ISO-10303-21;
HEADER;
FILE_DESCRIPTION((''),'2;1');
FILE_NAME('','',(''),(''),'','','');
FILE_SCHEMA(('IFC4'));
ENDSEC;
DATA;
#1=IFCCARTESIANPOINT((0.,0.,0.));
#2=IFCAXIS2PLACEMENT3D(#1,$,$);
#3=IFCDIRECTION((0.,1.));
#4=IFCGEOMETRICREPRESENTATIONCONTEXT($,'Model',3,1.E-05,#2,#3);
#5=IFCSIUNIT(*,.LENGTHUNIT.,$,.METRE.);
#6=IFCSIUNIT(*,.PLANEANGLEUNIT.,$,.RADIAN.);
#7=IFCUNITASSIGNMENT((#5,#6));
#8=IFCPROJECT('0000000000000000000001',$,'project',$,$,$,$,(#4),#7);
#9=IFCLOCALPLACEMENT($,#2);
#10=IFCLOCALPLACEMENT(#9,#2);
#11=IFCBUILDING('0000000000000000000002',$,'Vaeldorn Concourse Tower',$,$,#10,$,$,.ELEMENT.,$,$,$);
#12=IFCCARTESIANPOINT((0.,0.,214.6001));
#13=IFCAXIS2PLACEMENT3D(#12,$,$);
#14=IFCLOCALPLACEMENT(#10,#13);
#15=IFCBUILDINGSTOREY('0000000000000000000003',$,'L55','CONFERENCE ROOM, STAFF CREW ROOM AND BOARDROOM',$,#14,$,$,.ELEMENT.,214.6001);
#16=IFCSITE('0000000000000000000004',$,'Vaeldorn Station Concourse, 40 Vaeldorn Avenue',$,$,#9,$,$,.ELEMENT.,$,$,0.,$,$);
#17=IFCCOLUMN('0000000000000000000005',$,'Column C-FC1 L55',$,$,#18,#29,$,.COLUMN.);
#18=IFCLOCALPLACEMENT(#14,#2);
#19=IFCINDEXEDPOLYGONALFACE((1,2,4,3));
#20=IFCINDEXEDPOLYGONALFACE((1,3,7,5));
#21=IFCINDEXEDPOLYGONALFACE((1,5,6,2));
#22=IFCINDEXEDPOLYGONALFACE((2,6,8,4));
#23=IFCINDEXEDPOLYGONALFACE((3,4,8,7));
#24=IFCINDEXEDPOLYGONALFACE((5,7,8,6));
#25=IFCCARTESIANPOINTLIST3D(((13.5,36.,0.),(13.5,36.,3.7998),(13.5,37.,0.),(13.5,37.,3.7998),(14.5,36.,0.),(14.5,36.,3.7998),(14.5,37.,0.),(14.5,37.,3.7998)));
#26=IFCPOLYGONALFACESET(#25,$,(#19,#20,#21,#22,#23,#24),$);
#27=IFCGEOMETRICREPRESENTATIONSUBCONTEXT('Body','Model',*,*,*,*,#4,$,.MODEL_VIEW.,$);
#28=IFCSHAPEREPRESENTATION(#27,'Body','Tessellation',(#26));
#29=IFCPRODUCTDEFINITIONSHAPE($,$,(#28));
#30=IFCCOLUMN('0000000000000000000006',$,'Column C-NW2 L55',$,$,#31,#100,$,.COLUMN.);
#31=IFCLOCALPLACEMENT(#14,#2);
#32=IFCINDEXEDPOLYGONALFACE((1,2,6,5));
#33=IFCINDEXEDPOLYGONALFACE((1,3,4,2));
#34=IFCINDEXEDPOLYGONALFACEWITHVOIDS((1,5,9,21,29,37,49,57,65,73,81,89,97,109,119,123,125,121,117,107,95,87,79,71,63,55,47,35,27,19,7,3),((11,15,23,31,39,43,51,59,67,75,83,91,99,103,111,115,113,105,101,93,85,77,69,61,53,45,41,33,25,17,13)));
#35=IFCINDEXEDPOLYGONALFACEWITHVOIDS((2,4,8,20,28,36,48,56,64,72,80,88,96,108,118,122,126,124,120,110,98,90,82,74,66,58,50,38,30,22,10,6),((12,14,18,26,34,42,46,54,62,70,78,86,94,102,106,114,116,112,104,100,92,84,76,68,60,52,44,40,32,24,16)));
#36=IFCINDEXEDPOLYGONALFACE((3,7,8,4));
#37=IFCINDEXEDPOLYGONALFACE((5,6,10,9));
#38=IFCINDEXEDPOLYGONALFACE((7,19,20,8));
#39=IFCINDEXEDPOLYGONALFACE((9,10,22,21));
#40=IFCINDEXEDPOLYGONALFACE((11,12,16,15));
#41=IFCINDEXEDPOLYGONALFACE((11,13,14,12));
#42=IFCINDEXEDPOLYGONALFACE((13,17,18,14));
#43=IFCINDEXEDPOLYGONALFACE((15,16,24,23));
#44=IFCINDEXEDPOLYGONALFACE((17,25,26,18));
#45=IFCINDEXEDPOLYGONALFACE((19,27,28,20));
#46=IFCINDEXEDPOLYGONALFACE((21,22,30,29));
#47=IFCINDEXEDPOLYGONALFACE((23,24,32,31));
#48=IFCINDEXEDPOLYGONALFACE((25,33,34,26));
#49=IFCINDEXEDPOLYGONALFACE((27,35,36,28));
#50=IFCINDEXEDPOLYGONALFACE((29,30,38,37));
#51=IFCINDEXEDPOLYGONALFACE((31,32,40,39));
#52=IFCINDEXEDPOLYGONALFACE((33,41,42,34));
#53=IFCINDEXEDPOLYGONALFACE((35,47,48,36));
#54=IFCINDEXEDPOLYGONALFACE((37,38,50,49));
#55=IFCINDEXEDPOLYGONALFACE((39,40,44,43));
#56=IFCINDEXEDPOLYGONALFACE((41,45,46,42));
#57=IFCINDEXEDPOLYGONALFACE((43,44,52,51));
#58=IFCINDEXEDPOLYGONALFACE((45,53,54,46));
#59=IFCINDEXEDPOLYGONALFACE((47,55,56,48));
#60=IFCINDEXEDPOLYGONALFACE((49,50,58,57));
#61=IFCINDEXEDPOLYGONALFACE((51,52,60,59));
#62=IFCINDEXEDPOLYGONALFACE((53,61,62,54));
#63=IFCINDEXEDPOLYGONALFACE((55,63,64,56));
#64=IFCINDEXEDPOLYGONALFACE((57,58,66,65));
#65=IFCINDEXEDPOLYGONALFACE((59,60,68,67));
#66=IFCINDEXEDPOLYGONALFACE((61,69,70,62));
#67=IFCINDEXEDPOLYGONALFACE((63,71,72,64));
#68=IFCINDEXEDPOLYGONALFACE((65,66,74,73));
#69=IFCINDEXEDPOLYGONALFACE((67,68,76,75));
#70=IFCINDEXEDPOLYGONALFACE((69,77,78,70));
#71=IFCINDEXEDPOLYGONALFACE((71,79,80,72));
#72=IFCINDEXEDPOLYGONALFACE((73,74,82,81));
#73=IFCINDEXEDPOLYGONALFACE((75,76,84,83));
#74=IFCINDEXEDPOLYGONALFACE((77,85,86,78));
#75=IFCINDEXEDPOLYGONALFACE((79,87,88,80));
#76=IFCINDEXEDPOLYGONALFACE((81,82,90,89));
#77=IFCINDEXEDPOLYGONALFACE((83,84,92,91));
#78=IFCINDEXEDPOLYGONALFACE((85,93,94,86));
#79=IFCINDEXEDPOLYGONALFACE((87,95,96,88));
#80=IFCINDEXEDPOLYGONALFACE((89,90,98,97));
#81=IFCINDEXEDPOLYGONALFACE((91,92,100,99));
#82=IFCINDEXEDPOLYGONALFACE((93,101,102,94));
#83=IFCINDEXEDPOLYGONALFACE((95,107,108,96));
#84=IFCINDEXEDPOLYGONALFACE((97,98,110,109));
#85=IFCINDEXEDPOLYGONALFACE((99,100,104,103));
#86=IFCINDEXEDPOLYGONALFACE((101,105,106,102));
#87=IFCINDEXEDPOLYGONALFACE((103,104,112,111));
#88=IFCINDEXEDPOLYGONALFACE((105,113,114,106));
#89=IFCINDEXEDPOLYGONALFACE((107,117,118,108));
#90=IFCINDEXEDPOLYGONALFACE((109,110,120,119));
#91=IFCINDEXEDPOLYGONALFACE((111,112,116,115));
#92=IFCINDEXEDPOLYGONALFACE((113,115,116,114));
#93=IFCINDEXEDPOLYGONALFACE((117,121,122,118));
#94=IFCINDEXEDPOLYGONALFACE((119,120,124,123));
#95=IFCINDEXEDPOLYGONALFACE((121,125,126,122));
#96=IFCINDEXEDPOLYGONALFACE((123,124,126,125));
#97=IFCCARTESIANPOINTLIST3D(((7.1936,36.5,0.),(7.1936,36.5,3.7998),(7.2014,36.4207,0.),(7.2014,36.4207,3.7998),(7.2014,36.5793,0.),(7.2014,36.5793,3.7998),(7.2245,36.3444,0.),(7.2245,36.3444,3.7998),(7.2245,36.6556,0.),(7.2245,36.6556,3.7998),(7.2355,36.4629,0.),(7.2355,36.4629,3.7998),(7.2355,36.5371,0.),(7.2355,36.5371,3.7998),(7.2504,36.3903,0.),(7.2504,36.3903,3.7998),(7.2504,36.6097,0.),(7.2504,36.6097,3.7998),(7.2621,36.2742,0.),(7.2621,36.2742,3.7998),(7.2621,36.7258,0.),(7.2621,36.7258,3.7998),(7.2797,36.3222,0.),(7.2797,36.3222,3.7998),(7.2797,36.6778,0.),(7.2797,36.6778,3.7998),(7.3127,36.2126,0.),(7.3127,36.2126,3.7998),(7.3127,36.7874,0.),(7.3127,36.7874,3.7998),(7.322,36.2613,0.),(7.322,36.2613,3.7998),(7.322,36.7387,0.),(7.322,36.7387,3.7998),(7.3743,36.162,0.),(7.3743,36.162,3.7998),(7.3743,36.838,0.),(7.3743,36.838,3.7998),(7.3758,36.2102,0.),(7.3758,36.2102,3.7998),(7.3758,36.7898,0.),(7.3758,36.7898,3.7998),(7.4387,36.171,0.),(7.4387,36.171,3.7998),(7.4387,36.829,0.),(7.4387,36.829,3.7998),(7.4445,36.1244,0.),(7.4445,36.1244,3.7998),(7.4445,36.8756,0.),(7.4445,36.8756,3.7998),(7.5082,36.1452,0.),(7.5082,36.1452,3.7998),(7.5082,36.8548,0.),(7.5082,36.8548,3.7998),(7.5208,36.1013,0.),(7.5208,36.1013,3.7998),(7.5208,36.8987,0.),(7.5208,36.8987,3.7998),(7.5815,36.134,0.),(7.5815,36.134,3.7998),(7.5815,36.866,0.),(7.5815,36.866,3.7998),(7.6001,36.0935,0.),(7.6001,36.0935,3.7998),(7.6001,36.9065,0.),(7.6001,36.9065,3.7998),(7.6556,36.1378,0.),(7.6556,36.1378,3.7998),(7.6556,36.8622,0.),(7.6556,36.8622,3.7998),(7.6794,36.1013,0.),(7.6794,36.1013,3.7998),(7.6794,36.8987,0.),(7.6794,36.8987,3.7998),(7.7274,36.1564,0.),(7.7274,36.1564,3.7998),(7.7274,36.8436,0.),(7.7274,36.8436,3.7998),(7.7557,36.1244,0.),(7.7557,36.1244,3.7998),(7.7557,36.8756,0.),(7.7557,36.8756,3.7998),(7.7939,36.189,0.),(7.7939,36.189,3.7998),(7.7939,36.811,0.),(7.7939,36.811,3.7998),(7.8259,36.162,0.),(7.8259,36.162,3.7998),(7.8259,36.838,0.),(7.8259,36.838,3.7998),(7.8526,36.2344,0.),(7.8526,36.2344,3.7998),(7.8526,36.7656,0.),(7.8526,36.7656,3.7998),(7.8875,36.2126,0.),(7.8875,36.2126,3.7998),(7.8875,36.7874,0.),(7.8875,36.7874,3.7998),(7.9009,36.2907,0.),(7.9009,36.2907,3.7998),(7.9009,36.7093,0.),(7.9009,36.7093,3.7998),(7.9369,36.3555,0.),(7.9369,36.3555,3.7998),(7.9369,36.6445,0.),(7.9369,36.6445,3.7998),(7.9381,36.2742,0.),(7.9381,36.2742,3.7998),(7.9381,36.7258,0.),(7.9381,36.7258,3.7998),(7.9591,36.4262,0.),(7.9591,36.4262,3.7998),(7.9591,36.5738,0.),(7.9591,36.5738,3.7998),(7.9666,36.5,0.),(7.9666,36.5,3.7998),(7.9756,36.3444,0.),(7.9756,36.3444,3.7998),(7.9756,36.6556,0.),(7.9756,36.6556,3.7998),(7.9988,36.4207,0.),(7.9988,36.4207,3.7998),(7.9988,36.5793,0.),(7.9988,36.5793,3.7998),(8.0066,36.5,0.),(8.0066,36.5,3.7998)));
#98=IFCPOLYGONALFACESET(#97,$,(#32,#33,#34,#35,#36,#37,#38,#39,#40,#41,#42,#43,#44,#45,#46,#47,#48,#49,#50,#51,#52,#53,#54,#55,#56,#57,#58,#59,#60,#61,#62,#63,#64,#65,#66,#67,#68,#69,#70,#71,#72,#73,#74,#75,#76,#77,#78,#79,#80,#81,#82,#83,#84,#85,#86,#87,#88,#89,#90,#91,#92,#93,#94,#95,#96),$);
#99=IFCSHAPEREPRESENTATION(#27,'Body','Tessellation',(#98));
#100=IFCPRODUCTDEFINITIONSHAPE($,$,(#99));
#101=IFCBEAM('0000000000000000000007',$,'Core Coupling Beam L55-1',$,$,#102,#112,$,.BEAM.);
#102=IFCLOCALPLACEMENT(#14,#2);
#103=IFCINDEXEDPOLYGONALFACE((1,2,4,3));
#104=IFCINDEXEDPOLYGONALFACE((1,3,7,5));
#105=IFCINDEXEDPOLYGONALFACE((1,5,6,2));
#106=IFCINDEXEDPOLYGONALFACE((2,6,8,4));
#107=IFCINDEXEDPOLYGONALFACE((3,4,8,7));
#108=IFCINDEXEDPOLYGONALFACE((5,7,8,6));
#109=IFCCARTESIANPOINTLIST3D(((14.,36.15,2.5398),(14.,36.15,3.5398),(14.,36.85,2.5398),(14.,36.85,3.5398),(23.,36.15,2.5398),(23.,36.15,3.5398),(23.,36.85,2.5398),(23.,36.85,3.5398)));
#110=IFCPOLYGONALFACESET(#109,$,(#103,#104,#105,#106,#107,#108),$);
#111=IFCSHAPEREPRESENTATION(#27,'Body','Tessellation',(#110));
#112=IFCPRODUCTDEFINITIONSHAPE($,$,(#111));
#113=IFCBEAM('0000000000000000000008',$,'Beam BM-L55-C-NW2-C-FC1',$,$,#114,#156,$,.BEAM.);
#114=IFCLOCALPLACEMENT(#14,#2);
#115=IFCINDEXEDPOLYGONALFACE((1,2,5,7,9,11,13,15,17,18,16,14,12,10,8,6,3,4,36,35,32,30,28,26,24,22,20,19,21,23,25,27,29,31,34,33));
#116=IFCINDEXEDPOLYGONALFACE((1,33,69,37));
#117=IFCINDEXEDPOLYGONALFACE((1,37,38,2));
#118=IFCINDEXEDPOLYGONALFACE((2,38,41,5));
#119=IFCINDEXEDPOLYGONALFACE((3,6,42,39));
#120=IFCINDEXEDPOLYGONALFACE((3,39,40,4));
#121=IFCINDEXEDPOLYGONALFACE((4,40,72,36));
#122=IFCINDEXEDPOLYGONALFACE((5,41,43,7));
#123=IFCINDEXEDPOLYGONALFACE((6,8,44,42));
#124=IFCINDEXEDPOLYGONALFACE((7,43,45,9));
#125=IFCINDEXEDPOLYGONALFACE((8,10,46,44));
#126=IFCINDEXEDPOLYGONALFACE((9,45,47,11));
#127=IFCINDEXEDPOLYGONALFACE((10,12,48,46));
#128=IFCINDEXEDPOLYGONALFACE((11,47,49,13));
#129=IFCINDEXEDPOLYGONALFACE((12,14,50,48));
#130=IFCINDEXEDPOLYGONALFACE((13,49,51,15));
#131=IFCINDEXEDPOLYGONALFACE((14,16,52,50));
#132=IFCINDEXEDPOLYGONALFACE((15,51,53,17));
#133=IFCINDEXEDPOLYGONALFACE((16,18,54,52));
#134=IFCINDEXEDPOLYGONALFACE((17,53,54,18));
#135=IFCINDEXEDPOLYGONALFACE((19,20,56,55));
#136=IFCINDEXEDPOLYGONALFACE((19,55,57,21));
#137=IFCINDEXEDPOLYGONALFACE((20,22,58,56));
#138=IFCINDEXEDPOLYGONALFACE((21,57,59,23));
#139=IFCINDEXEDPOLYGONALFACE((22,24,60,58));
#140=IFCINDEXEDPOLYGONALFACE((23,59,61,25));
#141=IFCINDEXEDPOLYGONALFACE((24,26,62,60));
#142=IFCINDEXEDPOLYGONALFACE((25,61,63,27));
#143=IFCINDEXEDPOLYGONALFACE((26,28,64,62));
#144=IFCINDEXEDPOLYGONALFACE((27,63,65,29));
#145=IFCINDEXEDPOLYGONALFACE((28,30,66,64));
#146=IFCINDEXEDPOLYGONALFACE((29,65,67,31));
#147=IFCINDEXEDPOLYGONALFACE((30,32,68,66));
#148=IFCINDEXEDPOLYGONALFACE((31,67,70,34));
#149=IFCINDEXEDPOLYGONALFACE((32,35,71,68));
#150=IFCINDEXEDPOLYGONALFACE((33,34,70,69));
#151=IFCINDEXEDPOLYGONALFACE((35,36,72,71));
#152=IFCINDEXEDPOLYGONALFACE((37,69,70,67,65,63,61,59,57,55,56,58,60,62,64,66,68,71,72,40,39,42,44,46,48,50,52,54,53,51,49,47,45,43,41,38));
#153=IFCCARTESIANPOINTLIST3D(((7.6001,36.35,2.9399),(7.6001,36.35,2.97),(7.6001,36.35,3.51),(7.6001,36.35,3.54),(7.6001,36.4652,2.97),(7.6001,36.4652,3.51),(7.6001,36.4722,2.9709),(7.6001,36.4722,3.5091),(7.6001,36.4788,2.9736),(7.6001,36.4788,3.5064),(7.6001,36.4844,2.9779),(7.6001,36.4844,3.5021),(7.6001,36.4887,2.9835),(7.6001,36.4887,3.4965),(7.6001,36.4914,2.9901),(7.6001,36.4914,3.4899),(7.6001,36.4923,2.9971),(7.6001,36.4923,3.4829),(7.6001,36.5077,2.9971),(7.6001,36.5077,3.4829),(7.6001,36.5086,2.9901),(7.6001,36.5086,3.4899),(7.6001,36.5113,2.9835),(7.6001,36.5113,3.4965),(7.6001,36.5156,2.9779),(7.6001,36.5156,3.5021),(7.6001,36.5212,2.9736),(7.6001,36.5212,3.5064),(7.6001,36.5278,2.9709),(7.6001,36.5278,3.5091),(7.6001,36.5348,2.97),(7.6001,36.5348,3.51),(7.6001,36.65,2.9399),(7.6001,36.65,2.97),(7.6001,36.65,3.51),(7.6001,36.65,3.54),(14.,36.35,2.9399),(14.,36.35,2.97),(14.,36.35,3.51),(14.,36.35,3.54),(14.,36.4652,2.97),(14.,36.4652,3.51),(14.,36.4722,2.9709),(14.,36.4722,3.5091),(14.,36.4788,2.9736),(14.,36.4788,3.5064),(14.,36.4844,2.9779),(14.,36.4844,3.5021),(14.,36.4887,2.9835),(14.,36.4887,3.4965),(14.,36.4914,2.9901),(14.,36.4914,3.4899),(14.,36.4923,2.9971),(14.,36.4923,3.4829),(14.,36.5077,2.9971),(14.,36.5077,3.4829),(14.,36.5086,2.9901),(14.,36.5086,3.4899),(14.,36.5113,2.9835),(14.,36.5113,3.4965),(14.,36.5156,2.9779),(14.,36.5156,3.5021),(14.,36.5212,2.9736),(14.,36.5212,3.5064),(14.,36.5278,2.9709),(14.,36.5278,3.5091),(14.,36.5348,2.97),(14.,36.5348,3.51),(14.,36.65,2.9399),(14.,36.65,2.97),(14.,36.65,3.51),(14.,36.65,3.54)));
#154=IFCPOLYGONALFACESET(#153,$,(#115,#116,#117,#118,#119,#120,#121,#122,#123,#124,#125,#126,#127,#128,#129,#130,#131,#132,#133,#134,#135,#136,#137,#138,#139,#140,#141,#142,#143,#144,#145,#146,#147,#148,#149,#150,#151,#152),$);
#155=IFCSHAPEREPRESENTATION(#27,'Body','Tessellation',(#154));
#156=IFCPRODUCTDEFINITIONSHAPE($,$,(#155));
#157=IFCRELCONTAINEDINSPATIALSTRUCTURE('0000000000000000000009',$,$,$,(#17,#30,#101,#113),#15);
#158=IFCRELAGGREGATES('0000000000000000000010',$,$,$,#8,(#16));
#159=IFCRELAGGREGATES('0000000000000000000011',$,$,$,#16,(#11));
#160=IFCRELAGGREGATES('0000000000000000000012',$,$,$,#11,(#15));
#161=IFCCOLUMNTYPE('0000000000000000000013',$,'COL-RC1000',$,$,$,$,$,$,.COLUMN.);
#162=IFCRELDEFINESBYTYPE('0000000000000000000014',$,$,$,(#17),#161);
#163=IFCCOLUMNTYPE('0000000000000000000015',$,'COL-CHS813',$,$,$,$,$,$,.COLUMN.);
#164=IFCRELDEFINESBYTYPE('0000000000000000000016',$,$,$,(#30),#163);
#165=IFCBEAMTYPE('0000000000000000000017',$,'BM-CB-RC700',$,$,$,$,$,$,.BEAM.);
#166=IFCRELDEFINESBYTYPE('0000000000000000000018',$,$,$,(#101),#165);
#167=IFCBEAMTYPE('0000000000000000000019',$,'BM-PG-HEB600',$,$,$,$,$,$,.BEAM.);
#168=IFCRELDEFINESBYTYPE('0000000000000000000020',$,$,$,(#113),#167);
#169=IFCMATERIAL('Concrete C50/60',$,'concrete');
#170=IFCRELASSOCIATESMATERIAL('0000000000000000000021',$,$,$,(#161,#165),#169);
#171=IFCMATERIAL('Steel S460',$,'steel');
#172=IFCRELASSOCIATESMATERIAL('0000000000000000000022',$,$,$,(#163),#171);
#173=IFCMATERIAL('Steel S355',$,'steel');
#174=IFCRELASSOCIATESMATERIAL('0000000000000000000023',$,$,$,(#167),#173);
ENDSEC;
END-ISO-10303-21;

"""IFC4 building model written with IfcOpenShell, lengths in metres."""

from ifc_helpers import new_model, si_unit, direction, frame, origin, origin_2d, place, context, subcontext, project, spatial, rectangle, hollow_circle, i_section, extrude, source, transform, mapped, material, material_profile, profile_set, type_object, element, save


model = new_model("IFC4")

# Units and contexts
model_context = context("Model", 3, precision=1e-05, world=origin(), true_north=direction((0.0, 1.0)))
body_context = subcontext(model_context, "Body", "Model", "MODEL_VIEW")
ifc_project = project(units=[si_unit("LENGTHUNIT", "METRE"), si_unit("PLANEANGLEUNIT", "RADIAN")], contexts=[model_context])

# Site, building, storey
site_placement = place(None, origin())
site = spatial("IfcSite", under=ifc_project, at=site_placement, Name="Vaeldorn Station Concourse, 40 Vaeldorn Avenue", CompositionType="ELEMENT", RefElevation=0.0)
building_placement = place(site_placement, origin())
building = spatial("IfcBuilding", under=site, at=building_placement, Name="Vaeldorn Concourse Tower", CompositionType="ELEMENT")
storey_placement = place(building_placement, frame((0.0, 0.0, 214.6001)))
storey = spatial("IfcBuildingStorey", under=building, at=storey_placement, Name="L55", Description="CONFERENCE ROOM, STAFF CREW ROOM AND BOARDROOM", CompositionType="ELEMENT", Elevation=214.6001)

# Columns
ifc_material_1 = material(Name="Concrete C50/60", Category="concrete")
ifc_material_profile_1 = material_profile(ifc_material_1, rectangle(XDim=1.0, YDim=1.0, at=origin_2d()), Name="RC 1000x1000")
ifc_profile_set_1 = profile_set([ifc_material_profile_1], Name="Concrete C50/60")
column_type_1 = type_object("IfcColumnType", Name="COL-RC1000", PredefinedType="COLUMN", material=ifc_profile_set_1)
shared_shape_1 = source(origin(), body_context, "Body", "SweptSolid", [
    extrude(rectangle(XDim=1.0, YDim=1.0, at=origin_2d()), origin(), (0.0, 0.0, 1.0), 3.7998),
])
column_1_placement = place(storey_placement, frame((14.0, 36.5, 0.0), z_axis=(0.0, 0.0, 1.0), x_axis=(1.0, 0.0, 0.0)))
element("IfcColumn", 1, at=column_1_placement, inside=storey, type_object=column_type_1, Name="Column C-FC1 L55", PredefinedType="COLUMN", context=body_context, shape_type="MappedRepresentation", body=[
    mapped(shared_shape_1, transform((0.0, 0.0, 0.0), scale=1.0)),
])
ifc_material_2 = material(Name="Steel S460", Category="steel")
ifc_material_profile_2 = material_profile(ifc_material_2, hollow_circle(Radius=0.4065, WallThickness=0.04, at=origin_2d()), Name="CHS 813x40")
ifc_profile_set_2 = profile_set([ifc_material_profile_2], Name="Steel S460")
column_type_2 = type_object("IfcColumnType", Name="COL-CHS813", PredefinedType="COLUMN", material=ifc_profile_set_2)
shared_shape_2 = source(origin(), body_context, "Body", "SweptSolid", [
    extrude(hollow_circle(Radius=0.4065, WallThickness=0.04, at=origin_2d()), origin(), (0.0, 0.0, 1.0), 3.7998),
])
column_2_placement = place(storey_placement, frame((7.6001, 36.5, 0.0), z_axis=(0.0, 0.0, 1.0), x_axis=(1.0, 0.0, 0.0)))
element("IfcColumn", 2, at=column_2_placement, inside=storey, type_object=column_type_2, Name="Column C-NW2 L55", PredefinedType="COLUMN", context=body_context, shape_type="MappedRepresentation", body=[
    mapped(shared_shape_2, transform((0.0, 0.0, 0.0), scale=1.0)),
])

# Beams
ifc_material_profile_3 = material_profile(ifc_material_1, rectangle(XDim=0.7, YDim=1.0, at=origin_2d()), Name="RC 700x1000")
ifc_profile_set_3 = profile_set([ifc_material_profile_3], Name="Concrete C50/60")
beam_type_1 = type_object("IfcBeamType", Name="BM-CB-RC700", PredefinedType="BEAM", material=ifc_profile_set_3)
shared_shape_3 = source(origin(), body_context, "Body", "SweptSolid", [
    extrude(rectangle(XDim=0.7, YDim=1.0, at=origin_2d()), origin(), (0.0, 0.0, 1.0), 9.0),
])
beam_1_placement = place(storey_placement, frame((14.0, 36.5, 3.0398), z_axis=(1.0, 0.0, 0.0), x_axis=(0.0, 1.0, 0.0)))
element("IfcBeam", 3, at=beam_1_placement, inside=storey, type_object=beam_type_1, Name="Core Coupling Beam L55-1", PredefinedType="BEAM", context=body_context, shape_type="MappedRepresentation", body=[
    mapped(shared_shape_3, transform((0.0, 0.0, 0.0), scale=1.0)),
])
ifc_material_3 = material(Name="Steel S355", Category="steel")
ifc_material_profile_4 = material_profile(ifc_material_3, i_section(OverallWidth=0.3, OverallDepth=0.6001, WebThickness=0.0154, FlangeThickness=0.03, FilletRadius=0.0271, at=origin_2d()), Name="HEB 600")
ifc_profile_set_4 = profile_set([ifc_material_profile_4], Name="Steel S355")
beam_type_2 = type_object("IfcBeamType", Name="BM-PG-HEB600", PredefinedType="BEAM", material=ifc_profile_set_4)
shared_shape_4 = source(origin(), body_context, "Body", "SweptSolid", [
    extrude(i_section(OverallWidth=0.3, OverallDepth=0.6001, WebThickness=0.0154, FlangeThickness=0.03, FilletRadius=0.0271, at=origin_2d()), origin(), (0.0, 0.0, 1.0), 6.3999),
])
beam_2_placement = place(storey_placement, frame((7.6001, 36.5, 3.24), z_axis=(1.0, 0.0, 0.0), x_axis=(0.0, 1.0, 0.0)))
element("IfcBeam", 4, at=beam_2_placement, inside=storey, type_object=beam_type_2, Name="Beam BM-L55-C-NW2-C-FC1", PredefinedType="BEAM", context=body_context, shape_type="MappedRepresentation", body=[
    mapped(shared_shape_4, transform((0.0, 0.0, 0.0), scale=1.0)),
])

save(model, "model.ifc")
